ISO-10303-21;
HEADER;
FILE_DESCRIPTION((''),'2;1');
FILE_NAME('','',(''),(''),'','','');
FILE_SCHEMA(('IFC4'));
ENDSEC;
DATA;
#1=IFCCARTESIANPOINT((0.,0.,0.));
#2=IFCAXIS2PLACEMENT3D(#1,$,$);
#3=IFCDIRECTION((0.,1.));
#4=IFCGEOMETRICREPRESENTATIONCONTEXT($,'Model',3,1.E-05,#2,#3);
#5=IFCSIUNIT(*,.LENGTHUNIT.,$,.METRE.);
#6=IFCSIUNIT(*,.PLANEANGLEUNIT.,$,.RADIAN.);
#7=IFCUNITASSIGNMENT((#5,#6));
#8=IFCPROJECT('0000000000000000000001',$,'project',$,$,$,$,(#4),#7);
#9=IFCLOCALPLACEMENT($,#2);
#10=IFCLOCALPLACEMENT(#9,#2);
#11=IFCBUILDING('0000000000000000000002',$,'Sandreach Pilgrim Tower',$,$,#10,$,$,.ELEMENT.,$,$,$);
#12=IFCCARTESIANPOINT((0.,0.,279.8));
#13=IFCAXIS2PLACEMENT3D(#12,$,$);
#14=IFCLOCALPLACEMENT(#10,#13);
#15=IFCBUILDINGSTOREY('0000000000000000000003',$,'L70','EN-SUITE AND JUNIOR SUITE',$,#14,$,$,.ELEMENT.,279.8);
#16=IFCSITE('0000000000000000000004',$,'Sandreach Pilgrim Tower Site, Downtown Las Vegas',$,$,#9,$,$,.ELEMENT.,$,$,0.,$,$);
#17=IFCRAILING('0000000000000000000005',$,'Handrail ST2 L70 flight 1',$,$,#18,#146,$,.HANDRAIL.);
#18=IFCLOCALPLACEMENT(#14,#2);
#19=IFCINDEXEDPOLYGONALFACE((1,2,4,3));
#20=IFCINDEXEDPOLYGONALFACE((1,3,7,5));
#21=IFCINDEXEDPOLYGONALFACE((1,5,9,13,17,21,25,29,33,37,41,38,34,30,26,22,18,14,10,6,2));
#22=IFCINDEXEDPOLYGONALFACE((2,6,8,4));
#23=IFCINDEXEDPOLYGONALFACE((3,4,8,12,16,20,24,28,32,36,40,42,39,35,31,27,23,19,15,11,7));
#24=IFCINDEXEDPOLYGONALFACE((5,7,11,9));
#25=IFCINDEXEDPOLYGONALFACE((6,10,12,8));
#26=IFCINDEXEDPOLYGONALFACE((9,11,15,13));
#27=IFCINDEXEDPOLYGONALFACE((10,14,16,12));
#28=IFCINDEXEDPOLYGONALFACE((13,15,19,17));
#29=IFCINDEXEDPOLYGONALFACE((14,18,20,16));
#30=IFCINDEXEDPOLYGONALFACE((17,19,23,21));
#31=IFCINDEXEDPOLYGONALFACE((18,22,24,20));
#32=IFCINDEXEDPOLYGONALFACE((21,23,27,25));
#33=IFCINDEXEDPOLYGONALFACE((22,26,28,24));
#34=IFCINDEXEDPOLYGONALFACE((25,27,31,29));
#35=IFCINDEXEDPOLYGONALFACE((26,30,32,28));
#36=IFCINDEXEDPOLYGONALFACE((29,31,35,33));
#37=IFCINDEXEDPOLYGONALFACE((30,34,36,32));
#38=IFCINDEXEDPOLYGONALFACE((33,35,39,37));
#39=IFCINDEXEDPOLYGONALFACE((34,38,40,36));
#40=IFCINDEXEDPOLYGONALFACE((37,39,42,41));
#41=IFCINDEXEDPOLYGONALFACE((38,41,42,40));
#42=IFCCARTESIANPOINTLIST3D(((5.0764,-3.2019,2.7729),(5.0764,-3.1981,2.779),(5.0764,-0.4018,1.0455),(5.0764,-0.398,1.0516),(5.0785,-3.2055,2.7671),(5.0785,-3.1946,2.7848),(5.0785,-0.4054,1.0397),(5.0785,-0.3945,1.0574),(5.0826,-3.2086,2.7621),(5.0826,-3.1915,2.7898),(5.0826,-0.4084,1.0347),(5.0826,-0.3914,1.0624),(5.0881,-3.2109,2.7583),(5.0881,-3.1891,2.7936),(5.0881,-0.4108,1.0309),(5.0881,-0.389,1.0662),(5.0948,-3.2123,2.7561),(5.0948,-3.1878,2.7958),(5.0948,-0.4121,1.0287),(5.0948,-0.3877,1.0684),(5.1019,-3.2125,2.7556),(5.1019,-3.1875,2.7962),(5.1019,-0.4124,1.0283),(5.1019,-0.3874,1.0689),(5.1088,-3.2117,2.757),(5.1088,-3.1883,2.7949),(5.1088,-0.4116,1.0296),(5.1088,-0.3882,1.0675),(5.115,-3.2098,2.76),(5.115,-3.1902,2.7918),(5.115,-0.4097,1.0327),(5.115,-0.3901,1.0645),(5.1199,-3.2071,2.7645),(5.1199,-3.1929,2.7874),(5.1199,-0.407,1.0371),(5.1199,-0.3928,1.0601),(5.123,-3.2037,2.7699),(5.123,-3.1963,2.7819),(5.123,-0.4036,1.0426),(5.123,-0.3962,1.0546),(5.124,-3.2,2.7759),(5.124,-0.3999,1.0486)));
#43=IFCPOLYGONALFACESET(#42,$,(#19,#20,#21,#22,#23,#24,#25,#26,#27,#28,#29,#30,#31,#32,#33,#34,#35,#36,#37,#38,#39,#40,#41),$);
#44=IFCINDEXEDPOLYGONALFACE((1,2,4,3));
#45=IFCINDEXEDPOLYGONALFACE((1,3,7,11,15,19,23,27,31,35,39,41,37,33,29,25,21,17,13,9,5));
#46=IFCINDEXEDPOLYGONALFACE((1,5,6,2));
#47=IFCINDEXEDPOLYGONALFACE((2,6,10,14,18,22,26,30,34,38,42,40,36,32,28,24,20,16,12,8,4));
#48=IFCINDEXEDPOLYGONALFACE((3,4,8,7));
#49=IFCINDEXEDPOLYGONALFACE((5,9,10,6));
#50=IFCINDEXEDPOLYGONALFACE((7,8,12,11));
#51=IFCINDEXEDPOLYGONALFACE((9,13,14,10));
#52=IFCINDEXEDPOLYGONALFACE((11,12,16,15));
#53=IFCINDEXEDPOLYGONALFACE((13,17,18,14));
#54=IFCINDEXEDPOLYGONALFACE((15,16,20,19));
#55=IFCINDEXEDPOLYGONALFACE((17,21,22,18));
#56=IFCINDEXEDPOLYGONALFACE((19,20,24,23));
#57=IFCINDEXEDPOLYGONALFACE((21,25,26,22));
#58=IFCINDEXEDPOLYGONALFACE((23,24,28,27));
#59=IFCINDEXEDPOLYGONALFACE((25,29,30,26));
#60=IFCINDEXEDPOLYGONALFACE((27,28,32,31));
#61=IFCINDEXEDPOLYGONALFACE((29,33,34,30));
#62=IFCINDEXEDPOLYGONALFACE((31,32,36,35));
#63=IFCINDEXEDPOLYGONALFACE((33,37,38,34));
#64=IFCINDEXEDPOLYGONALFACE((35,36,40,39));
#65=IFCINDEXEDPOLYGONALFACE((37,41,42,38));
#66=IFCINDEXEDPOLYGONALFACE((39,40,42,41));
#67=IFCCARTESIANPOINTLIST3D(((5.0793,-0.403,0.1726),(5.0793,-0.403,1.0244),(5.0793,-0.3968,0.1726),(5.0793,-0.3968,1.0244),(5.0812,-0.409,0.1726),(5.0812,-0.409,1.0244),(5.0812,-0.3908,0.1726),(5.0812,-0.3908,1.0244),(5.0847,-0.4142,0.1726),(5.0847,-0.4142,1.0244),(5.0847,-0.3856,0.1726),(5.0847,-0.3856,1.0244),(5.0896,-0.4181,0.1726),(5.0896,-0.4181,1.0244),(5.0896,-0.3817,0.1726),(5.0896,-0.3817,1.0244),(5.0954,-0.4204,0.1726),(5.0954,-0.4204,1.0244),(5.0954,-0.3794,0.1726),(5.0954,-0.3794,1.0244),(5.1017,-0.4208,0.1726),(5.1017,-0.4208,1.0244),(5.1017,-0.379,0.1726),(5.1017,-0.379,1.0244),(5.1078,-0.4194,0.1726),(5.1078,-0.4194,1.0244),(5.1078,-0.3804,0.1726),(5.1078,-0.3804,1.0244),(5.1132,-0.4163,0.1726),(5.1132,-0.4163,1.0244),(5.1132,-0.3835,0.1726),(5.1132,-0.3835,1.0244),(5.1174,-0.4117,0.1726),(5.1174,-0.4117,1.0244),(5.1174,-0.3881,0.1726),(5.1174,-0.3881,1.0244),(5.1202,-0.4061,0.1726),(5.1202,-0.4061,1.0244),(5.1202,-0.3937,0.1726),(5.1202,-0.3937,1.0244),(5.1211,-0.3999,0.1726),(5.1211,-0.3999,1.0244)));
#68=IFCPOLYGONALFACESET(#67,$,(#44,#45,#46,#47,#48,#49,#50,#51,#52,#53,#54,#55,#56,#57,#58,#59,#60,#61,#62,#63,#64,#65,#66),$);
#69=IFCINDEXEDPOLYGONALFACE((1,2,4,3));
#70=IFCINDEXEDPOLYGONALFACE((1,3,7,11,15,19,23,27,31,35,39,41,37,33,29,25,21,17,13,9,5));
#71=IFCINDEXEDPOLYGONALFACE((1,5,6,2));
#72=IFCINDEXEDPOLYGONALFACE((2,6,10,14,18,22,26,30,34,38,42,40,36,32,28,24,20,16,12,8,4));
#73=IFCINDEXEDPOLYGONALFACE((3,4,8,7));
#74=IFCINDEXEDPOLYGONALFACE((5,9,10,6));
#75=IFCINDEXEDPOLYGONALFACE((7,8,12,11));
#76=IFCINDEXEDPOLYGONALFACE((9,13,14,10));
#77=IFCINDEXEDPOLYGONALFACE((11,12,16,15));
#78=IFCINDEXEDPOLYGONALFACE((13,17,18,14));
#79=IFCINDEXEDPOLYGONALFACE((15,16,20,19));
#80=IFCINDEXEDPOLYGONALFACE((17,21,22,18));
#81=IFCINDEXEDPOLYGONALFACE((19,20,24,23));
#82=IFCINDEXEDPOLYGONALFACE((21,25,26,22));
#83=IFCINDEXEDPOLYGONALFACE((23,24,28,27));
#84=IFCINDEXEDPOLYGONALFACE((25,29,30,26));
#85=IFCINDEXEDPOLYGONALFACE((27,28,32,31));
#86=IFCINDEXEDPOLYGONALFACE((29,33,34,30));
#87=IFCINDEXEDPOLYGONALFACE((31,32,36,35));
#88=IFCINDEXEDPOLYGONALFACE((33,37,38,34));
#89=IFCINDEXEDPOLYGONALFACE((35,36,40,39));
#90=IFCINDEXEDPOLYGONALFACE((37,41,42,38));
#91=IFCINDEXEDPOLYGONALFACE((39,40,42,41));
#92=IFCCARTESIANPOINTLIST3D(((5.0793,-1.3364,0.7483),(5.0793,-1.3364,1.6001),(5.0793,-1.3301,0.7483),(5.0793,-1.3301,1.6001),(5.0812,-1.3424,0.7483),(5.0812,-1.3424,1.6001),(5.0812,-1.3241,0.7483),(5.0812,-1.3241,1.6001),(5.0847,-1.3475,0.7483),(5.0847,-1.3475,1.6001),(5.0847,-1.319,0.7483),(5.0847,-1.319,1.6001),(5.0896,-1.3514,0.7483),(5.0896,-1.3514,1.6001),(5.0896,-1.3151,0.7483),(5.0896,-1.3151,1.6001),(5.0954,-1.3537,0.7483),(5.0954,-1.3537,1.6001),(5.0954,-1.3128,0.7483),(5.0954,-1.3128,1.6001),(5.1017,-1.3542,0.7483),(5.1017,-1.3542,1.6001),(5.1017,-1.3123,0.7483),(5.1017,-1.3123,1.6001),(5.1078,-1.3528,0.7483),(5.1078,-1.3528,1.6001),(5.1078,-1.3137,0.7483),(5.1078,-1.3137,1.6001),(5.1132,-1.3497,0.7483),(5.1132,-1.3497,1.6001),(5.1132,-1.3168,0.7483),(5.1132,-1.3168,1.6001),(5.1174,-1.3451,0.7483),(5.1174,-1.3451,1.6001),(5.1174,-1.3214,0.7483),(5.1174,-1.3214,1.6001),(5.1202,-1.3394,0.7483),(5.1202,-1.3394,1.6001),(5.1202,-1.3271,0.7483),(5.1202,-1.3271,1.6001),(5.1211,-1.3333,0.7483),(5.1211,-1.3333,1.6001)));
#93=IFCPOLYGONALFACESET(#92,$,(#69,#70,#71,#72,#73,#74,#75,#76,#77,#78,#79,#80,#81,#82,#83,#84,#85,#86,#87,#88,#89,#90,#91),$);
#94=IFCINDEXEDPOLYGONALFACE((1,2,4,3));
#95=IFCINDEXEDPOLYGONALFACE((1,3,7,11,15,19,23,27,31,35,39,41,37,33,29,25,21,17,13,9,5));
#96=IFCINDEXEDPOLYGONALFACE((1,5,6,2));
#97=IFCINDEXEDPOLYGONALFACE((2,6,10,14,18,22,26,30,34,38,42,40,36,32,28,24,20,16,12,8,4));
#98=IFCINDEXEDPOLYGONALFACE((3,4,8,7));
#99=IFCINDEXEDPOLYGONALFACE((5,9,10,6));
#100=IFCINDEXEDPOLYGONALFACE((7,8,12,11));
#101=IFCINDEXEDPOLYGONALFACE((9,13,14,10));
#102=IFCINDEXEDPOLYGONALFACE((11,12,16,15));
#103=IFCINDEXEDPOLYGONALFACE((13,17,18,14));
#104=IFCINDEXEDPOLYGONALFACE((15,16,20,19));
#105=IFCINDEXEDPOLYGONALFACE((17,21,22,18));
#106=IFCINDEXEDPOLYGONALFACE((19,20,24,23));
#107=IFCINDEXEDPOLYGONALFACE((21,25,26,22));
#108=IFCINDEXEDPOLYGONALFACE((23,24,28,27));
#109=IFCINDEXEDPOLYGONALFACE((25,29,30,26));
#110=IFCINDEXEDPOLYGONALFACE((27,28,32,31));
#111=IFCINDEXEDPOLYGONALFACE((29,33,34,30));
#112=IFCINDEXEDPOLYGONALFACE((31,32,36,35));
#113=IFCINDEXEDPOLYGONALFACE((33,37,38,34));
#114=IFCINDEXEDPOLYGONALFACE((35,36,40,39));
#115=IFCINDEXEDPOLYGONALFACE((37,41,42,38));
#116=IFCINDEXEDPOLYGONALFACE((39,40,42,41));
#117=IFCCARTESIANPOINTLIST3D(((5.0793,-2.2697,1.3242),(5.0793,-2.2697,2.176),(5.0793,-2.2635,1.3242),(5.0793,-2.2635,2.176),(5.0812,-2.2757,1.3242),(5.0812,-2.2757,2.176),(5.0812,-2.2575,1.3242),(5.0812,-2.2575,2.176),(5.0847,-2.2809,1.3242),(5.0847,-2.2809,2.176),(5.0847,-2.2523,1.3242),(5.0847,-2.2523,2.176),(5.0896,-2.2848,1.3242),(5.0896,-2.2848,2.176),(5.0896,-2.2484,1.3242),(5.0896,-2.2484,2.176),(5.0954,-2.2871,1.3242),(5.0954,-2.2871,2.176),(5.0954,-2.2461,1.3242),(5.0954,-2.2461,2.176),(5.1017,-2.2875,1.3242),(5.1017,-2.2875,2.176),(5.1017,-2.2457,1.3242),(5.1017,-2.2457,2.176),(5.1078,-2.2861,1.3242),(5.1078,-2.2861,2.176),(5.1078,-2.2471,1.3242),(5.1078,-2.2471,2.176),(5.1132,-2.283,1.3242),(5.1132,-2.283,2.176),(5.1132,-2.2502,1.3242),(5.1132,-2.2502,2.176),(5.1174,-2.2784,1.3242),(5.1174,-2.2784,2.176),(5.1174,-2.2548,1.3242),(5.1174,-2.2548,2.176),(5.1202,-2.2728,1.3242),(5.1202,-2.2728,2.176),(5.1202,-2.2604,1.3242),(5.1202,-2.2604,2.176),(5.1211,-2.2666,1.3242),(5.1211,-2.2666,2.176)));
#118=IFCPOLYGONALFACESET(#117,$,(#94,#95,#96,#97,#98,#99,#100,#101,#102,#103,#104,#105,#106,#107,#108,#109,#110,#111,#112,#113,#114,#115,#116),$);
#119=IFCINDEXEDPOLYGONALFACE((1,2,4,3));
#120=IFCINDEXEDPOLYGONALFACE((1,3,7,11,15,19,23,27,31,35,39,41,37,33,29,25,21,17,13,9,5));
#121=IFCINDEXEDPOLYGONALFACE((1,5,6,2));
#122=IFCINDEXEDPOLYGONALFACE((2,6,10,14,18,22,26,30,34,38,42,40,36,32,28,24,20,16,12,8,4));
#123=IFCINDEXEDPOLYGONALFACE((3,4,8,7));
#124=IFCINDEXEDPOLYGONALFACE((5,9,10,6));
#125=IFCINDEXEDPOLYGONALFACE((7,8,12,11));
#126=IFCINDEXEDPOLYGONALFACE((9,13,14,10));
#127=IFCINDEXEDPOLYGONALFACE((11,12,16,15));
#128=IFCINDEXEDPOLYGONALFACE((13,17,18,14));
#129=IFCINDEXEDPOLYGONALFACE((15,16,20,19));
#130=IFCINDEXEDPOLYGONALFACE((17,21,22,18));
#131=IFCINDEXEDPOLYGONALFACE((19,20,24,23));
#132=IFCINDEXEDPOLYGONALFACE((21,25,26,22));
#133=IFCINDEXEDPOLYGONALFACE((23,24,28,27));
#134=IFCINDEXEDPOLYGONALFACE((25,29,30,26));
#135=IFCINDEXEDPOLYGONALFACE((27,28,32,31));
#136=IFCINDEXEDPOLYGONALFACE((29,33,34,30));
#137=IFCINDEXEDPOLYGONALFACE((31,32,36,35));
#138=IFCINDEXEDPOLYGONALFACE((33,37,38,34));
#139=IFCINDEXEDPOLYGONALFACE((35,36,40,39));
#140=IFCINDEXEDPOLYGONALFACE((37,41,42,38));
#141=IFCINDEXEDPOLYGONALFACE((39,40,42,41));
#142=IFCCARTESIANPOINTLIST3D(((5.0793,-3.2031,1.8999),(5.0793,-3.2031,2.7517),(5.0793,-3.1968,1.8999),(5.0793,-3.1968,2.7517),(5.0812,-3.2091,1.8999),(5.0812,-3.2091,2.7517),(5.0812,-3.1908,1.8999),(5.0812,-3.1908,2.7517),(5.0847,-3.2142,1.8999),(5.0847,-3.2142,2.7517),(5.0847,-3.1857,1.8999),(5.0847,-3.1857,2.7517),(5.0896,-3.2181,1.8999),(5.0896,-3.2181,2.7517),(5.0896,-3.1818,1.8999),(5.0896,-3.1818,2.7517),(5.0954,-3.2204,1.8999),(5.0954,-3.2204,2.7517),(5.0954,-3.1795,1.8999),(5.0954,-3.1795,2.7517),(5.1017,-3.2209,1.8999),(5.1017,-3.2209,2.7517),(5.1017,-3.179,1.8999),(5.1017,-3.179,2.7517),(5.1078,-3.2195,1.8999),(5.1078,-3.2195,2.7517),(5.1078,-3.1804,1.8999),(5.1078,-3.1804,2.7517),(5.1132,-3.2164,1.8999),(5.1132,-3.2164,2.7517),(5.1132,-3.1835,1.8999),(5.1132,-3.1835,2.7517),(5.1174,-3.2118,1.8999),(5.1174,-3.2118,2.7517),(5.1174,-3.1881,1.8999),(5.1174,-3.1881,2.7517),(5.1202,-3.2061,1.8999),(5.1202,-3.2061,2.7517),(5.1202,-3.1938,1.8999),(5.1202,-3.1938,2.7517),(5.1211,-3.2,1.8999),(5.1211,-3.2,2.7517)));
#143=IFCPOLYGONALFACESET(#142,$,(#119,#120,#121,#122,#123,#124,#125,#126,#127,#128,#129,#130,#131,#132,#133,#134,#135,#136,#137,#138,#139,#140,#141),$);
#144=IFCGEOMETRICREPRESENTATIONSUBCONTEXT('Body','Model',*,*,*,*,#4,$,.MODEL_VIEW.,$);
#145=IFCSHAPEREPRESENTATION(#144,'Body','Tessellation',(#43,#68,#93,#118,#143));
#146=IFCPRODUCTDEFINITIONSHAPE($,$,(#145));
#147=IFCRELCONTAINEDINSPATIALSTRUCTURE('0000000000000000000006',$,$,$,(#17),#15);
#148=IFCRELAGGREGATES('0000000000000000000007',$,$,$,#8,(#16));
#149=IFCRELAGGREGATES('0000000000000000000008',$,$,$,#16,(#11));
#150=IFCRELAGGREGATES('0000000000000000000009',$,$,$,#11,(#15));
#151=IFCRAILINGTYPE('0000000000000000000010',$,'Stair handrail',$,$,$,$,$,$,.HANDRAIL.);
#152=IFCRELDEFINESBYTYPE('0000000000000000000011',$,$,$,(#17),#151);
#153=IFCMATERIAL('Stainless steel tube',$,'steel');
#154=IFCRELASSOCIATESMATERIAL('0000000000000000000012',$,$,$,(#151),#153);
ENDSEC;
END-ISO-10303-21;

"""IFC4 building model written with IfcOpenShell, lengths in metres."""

from ifc_helpers import new_model, si_unit, direction, frame, origin, origin_2d, place, context, subcontext, project, spatial, circle, extrude, material, type_object, element, save


model = new_model("IFC4")

# Units and contexts
model_context = context("Model", 3, precision=1e-05, world=origin(), true_north=direction((0.0, 1.0)))
body_context = subcontext(model_context, "Body", "Model", "MODEL_VIEW")
ifc_project = project(units=[si_unit("LENGTHUNIT", "METRE"), si_unit("PLANEANGLEUNIT", "RADIAN")], contexts=[model_context])

# Site, building, storey
site_placement = place(None, origin())
site = spatial("IfcSite", under=ifc_project, at=site_placement, Name="Sandreach Pilgrim Tower Site, Downtown Las Vegas", CompositionType="ELEMENT", RefElevation=0.0)
building_placement = place(site_placement, origin())
building = spatial("IfcBuilding", under=site, at=building_placement, Name="Sandreach Pilgrim Tower", CompositionType="ELEMENT")
storey_placement = place(building_placement, frame((0.0, 0.0, 279.8)))
storey = spatial("IfcBuildingStorey", under=building, at=storey_placement, Name="L70", Description="EN-SUITE AND JUNIOR SUITE", CompositionType="ELEMENT", Elevation=279.8)

# Railing
ifc_material_1 = material(Name="Stainless steel tube", Category="steel")
railing_type = type_object("IfcRailingType", Name="Stair handrail", PredefinedType="HANDRAIL", material=ifc_material_1)
for number, where, name in (
    (1, (5.1001, -0.3999, 0.1726), "Handrail ST2 L70 flight 1"),
):
    element("IfcRailing", number, at=place(storey_placement, frame(where)), inside=storey, type_object=railing_type, Name=name, PredefinedType="HANDRAIL", context=body_context, shape_type="SweptSolid", body=[
        extrude(circle(Radius=0.0239, at=origin_2d()), frame((0.0, 0.0, 0.876), z_axis=(0.0, -0.85109, 0.52502), x_axis=(1.0, 0.0, 0.0)), (0.0, 0.0, 1.0), 3.29),
        extrude(circle(Radius=0.021, at=origin_2d()), origin(), (0.0, 0.0, 1.0), 0.8518),
        extrude(circle(Radius=0.021, at=origin_2d()), frame((0.0, -0.9333, 0.5757)), (0.0, 0.0, 1.0), 0.8518),
        extrude(circle(Radius=0.021, at=origin_2d()), frame((0.0, -1.8667, 1.1516)), (0.0, 0.0, 1.0), 0.8518),
        extrude(circle(Radius=0.021, at=origin_2d()), frame((0.0, -2.8, 1.7273)), (0.0, 0.0, 1.0), 0.8518),
    ])

save(model, "model.ifc")
